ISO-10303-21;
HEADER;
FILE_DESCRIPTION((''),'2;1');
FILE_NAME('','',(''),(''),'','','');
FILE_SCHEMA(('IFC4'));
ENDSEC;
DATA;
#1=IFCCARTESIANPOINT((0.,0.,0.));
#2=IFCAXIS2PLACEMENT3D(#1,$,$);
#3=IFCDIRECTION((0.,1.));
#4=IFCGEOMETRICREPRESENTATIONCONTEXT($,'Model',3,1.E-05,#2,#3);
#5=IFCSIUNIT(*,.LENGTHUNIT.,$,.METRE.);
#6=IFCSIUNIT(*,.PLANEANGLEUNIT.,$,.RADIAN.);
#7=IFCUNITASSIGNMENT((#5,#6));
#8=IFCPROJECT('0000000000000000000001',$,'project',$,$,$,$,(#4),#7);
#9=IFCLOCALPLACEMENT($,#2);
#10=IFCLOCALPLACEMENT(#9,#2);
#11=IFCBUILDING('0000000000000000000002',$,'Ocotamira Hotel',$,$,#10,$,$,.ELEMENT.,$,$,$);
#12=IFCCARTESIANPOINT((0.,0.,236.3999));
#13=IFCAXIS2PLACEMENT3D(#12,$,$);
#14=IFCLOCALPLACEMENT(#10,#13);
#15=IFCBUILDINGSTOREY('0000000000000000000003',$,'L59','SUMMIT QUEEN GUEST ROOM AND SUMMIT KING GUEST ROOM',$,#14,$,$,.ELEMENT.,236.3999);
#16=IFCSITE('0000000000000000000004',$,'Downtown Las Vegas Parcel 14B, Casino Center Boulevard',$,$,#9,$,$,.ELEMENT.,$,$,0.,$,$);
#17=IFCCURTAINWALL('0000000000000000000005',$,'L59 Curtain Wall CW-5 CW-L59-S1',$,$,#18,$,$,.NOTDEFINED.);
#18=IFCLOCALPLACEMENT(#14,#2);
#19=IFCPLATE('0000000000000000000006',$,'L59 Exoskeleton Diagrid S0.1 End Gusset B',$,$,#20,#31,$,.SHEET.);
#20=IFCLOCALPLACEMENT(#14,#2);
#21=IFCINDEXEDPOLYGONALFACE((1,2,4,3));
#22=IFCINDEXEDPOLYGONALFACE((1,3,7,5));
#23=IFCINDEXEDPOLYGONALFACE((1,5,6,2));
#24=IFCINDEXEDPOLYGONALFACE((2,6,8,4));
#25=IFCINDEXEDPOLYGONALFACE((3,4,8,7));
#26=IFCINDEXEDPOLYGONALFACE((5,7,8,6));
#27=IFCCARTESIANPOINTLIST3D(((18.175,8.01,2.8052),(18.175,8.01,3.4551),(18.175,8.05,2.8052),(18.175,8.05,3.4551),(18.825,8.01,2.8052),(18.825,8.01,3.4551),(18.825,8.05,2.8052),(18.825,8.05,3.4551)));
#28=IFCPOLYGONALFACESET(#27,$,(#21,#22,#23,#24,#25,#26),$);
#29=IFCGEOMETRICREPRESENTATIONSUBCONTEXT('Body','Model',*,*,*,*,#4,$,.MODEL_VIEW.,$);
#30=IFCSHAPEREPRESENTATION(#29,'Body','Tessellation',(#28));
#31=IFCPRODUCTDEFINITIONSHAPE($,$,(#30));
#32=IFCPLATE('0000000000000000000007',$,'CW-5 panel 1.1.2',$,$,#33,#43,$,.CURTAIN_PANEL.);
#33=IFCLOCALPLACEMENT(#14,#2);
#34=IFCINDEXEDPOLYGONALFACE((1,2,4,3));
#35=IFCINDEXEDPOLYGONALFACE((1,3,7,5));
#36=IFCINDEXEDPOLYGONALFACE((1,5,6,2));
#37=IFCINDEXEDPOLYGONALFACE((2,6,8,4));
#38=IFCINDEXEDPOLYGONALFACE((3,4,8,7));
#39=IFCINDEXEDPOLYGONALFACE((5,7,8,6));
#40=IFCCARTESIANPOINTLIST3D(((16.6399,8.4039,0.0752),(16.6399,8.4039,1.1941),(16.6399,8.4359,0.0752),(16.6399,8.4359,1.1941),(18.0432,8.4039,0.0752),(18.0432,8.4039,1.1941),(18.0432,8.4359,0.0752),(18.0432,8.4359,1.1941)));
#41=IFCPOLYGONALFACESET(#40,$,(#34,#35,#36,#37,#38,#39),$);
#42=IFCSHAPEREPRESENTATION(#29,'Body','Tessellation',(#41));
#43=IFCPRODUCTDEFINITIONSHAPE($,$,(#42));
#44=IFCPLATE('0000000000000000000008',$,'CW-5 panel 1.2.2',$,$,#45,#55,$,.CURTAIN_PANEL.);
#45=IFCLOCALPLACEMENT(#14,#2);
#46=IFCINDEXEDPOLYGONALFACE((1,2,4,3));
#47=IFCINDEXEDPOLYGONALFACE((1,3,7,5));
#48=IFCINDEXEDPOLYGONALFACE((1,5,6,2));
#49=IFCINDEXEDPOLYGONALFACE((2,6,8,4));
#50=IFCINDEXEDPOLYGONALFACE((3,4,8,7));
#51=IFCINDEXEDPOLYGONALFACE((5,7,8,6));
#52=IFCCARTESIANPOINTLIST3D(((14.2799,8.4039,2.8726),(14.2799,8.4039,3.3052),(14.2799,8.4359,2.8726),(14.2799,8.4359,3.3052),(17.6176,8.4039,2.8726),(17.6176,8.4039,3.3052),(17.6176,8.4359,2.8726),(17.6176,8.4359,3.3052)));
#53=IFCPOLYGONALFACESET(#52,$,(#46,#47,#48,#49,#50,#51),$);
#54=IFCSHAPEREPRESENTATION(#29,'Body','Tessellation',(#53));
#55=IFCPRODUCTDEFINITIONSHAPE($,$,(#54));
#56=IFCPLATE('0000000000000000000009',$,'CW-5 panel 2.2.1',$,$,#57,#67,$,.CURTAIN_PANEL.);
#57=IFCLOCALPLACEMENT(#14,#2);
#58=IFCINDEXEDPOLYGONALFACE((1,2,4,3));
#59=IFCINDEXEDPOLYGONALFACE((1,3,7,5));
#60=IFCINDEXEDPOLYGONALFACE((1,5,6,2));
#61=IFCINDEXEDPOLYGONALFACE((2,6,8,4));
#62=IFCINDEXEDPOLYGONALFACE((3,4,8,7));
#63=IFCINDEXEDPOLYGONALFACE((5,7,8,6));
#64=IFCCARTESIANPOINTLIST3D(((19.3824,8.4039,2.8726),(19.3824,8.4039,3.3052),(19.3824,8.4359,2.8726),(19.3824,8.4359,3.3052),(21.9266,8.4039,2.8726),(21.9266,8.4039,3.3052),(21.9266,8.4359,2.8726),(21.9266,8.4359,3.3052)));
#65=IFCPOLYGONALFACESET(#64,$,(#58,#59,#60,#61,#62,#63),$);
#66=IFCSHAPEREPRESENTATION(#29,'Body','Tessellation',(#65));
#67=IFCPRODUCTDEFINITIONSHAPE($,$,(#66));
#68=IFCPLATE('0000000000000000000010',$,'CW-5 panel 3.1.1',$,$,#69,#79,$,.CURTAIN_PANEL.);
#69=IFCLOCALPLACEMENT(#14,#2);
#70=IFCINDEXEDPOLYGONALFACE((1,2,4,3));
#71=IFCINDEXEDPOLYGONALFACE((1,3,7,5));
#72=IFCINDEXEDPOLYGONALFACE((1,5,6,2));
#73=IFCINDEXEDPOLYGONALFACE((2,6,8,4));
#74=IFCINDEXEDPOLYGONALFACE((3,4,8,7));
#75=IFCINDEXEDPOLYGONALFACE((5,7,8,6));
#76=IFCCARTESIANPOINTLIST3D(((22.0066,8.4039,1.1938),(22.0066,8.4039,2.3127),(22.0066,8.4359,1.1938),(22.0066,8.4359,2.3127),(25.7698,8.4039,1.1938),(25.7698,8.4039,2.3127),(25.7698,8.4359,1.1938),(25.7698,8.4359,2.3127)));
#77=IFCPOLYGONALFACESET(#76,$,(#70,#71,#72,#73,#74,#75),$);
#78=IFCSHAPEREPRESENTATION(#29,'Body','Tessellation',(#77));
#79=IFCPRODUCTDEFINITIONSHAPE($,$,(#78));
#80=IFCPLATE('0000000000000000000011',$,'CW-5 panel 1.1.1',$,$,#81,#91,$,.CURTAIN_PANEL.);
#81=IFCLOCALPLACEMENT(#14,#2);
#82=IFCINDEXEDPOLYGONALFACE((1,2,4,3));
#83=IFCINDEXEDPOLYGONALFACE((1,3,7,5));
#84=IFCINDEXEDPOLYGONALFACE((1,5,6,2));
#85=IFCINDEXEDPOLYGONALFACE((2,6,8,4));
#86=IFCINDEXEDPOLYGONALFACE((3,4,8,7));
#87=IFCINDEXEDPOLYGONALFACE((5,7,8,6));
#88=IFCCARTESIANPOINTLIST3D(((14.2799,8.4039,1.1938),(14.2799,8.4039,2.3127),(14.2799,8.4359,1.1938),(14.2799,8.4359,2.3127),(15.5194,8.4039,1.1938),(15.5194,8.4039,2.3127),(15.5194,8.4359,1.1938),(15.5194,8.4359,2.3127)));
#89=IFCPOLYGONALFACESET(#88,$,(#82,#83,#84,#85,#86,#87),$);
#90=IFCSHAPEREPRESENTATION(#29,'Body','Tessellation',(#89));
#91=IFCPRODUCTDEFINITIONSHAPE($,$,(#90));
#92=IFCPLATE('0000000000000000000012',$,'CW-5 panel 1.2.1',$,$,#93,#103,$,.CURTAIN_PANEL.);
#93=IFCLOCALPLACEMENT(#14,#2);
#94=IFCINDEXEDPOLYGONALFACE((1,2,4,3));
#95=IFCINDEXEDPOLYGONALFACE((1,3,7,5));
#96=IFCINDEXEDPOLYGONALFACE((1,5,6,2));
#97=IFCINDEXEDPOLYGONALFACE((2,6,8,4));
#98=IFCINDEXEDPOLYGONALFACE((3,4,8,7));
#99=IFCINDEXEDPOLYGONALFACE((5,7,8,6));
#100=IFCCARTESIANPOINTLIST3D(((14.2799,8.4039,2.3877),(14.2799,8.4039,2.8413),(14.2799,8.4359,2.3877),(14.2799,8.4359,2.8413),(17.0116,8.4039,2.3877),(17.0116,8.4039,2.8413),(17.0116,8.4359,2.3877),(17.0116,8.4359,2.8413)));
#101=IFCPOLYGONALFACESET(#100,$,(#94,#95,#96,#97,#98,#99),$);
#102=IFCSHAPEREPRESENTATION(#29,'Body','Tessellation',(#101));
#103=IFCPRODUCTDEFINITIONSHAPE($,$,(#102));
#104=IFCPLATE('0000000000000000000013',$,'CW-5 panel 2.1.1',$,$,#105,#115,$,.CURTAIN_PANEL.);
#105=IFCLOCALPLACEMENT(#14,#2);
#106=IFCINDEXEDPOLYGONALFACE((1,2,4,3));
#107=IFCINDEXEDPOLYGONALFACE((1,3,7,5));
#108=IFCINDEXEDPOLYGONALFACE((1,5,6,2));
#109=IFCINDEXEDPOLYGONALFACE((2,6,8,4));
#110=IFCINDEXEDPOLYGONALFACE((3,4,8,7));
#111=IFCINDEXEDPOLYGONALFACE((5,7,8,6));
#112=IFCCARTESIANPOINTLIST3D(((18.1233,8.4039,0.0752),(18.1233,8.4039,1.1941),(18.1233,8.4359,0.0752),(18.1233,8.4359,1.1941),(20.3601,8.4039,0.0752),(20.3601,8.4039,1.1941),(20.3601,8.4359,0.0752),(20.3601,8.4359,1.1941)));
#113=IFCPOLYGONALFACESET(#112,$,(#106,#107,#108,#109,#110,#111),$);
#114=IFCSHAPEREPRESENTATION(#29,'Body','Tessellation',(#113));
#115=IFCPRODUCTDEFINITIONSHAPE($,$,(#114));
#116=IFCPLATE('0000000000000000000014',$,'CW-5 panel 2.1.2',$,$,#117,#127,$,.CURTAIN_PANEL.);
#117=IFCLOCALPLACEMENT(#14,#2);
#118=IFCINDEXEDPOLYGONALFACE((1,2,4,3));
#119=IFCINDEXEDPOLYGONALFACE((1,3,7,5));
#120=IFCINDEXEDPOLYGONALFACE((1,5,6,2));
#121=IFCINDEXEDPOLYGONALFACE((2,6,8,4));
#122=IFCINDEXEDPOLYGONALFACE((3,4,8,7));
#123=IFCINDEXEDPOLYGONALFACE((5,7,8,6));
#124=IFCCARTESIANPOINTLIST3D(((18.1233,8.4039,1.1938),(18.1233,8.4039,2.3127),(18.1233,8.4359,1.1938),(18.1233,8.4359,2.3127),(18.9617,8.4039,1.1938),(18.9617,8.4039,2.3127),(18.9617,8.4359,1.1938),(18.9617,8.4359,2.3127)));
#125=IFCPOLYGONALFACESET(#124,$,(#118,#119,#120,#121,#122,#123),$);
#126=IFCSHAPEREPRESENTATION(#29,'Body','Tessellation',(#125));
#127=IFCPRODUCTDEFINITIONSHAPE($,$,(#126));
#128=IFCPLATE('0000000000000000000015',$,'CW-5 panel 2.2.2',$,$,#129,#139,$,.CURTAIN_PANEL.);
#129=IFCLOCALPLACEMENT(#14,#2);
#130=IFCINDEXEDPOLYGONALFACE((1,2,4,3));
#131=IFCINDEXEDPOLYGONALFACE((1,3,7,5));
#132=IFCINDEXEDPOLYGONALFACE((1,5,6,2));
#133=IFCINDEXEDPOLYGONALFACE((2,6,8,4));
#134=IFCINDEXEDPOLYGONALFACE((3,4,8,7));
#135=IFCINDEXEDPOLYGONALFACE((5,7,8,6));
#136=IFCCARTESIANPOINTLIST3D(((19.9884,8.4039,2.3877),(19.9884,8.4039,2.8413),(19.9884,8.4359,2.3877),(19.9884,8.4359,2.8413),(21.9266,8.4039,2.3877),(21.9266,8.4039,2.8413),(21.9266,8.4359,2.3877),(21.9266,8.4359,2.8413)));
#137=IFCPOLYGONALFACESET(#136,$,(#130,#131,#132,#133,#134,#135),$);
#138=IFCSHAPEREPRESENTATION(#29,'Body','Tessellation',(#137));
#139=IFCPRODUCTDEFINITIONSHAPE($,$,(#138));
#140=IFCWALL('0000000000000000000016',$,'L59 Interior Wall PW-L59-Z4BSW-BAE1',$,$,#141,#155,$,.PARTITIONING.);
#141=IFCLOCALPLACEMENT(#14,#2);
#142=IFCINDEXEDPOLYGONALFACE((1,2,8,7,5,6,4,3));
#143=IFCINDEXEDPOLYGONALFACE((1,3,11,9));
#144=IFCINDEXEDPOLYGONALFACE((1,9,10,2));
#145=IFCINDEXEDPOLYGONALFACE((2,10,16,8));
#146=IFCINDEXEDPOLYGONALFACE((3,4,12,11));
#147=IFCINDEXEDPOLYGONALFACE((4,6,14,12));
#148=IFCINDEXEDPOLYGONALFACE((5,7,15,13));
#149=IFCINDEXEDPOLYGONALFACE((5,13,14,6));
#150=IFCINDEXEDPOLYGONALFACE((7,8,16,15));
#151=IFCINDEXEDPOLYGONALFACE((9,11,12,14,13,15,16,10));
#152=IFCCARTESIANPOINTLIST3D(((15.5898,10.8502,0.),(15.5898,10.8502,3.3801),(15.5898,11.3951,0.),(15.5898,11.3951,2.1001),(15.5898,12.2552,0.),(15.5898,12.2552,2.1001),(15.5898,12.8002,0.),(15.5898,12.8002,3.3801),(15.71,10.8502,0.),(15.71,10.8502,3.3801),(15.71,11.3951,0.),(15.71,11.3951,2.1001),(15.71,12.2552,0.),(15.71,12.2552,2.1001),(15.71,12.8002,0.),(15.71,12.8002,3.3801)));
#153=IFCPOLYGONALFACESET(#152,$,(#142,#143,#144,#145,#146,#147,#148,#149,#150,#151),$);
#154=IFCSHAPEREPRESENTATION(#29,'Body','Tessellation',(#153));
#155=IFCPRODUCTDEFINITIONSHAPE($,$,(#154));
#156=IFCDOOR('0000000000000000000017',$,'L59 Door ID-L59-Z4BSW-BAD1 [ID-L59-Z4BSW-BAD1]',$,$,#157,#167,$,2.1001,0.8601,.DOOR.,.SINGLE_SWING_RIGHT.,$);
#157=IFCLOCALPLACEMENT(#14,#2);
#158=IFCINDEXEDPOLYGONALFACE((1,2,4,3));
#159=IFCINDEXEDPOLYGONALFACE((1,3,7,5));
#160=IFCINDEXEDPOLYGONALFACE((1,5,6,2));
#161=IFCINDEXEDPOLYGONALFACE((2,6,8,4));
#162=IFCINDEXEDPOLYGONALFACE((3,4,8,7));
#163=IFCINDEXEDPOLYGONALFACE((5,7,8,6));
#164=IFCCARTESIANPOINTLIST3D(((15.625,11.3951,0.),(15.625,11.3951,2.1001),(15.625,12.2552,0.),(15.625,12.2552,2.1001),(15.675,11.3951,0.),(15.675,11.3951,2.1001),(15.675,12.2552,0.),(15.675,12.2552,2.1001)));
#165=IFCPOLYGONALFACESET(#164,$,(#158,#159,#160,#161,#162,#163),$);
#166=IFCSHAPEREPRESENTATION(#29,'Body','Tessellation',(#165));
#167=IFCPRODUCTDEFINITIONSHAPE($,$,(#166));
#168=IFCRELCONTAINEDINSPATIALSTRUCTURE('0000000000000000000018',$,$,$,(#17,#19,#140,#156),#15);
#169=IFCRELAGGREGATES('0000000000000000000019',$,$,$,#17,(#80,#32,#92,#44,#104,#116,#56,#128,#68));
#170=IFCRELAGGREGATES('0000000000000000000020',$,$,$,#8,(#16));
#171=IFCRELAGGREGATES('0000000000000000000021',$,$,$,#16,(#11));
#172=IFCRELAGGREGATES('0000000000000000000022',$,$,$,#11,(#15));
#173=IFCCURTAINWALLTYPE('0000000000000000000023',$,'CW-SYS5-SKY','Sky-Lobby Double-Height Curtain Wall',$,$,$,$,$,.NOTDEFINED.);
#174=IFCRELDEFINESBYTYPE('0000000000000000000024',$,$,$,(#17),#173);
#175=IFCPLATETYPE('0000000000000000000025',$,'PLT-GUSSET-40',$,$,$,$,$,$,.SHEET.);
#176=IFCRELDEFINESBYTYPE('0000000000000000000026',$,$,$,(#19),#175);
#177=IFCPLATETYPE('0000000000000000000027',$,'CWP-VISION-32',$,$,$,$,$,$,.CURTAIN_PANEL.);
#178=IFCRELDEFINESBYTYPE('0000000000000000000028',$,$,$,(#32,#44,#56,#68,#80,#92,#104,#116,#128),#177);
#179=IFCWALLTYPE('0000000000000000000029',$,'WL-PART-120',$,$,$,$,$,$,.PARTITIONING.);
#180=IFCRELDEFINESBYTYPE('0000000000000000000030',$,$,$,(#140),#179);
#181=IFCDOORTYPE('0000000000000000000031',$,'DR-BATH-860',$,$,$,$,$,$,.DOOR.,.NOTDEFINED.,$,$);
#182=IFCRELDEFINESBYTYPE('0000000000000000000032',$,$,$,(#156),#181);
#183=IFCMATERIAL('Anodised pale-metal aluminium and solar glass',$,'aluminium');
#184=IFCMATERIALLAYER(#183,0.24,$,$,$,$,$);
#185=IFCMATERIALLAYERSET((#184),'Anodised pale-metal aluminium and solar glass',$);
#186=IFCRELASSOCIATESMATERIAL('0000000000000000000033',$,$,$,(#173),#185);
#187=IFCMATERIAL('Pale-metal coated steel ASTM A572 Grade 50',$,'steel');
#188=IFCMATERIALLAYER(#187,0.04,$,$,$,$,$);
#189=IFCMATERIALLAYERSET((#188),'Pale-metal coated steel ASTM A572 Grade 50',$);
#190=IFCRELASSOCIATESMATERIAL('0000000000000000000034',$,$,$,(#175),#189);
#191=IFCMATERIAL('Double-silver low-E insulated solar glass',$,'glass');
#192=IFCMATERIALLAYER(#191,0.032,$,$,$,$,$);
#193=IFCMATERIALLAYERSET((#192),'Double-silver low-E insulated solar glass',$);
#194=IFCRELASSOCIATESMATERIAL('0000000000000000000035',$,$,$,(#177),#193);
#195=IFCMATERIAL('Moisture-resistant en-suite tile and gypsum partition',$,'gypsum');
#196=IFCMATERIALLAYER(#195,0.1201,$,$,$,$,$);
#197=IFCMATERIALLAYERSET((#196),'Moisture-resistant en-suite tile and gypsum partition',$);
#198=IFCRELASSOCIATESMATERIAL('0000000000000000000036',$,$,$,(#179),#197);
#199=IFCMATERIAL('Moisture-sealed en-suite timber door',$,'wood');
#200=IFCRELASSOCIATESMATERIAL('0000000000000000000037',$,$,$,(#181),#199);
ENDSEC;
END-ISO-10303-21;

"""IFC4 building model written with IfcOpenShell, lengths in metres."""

from ifc_helpers import new_model, si_unit, direction, frame, frame_2d, origin, origin_2d, place, context, subcontext, project, spatial, rectangle, extrude, source, transform, mapped, material, layer, layer_set, type_object, element, fill, aggregate, save


model = new_model("IFC4")

# Units and contexts
model_context = context("Model", 3, precision=1e-05, world=origin(), true_north=direction((0.0, 1.0)))
body_context = subcontext(model_context, "Body", "Model", "MODEL_VIEW")
ifc_project = project(units=[si_unit("LENGTHUNIT", "METRE"), si_unit("PLANEANGLEUNIT", "RADIAN")], contexts=[model_context])

# Site, building, storey
site_placement = place(None, origin())
site = spatial("IfcSite", under=ifc_project, at=site_placement, Name="Downtown Las Vegas Parcel 14B, Casino Center Boulevard", CompositionType="ELEMENT", RefElevation=0.0)
building_placement = place(site_placement, origin())
building = spatial("IfcBuilding", under=site, at=building_placement, Name="Ocotamira Hotel", CompositionType="ELEMENT")
storey_placement = place(building_placement, frame((0.0, 0.0, 236.3999)))
storey = spatial("IfcBuildingStorey", under=building, at=storey_placement, Name="L59", Description="SUMMIT QUEEN GUEST ROOM AND SUMMIT KING GUEST ROOM", CompositionType="ELEMENT", Elevation=236.3999)

# Curtain wall
ifc_material_1 = material(Name="Anodised pale-metal aluminium and solar glass", Category="aluminium")
ifc_layer_1 = layer(ifc_material_1, 0.24)
ifc_layer_set_1 = layer_set([ifc_layer_1], Name="Anodised pale-metal aluminium and solar glass")
curtain_wall_type = type_object("IfcCurtainWallType", Name="CW-SYS5-SKY", Description="Sky-Lobby Double-Height Curtain Wall", PredefinedType="NOTDEFINED", material=ifc_layer_set_1)
curtain_wall_placement = place(storey_placement, origin())
curtain_wall = element("IfcCurtainWall", 1, at=curtain_wall_placement, inside=storey, type_object=curtain_wall_type, Name="L59 Curtain Wall CW-5 CW-L59-S1", PredefinedType="NOTDEFINED")

# Plates
ifc_material_2 = material(Name="Pale-metal coated steel ASTM A572 Grade 50", Category="steel")
ifc_layer_2 = layer(ifc_material_2, 0.04)
ifc_layer_set_2 = layer_set([ifc_layer_2], Name="Pale-metal coated steel ASTM A572 Grade 50")
plate_type_1 = type_object("IfcPlateType", Name="PLT-GUSSET-40", PredefinedType="SHEET", material=ifc_layer_set_2)
shared_shape_1 = source(origin(), body_context, "Body", "SweptSolid", [
    extrude(rectangle(XDim=0.6499, YDim=0.04, at=origin_2d()), origin(), (0.0, 0.0, 1.0), 0.6499),
])
plate_1_placement = place(storey_placement, frame((18.5, 8.03, 2.8052), z_axis=(0.0, 0.0, 1.0), x_axis=(1.0, 0.0, 0.0)))
element("IfcPlate", 2, at=plate_1_placement, inside=storey, type_object=plate_type_1, Name="L59 Exoskeleton Diagrid S0.1 End Gusset B", PredefinedType="SHEET", context=body_context, shape_type="MappedRepresentation", body=[
    mapped(shared_shape_1, transform((0.0, 0.0, 0.0), scale=1.0)),
])
ifc_material_3 = material(Name="Double-silver low-E insulated solar glass", Category="glass")
ifc_layer_3 = layer(ifc_material_3, 0.032)
ifc_layer_set_3 = layer_set([ifc_layer_3], Name="Double-silver low-E insulated solar glass")
plate_type_2 = type_object("IfcPlateType", Name="CWP-VISION-32", PredefinedType="CURTAIN_PANEL", material=ifc_layer_set_3)
shared_shape_2 = source(origin(), body_context, "Body", "SweptSolid", [
    extrude(rectangle(XDim=1.4033, YDim=0.032, at=origin_2d()), origin(), (0.0, 0.0, 1.0), 1.1189),
])
plate_2_placement = place(storey_placement, frame((17.3416, 8.4199, 0.0752), z_axis=(0.0, 0.0, 1.0), x_axis=(1.0, 0.0, 0.0)))
plate_2 = element("IfcPlate", 3, at=plate_2_placement, type_object=plate_type_2, Name="CW-5 panel 1.1.2", PredefinedType="CURTAIN_PANEL", context=body_context, shape_type="MappedRepresentation", body=[
    mapped(shared_shape_2, transform((0.0, 0.0, 0.0), scale=1.0)),
])
shared_shape_3 = source(origin(), body_context, "Body", "SweptSolid", [
    extrude(rectangle(XDim=3.3376, YDim=0.032, at=origin_2d()), origin(), (0.0, 0.0, 1.0), 0.4326),
])
plate_3_placement = place(storey_placement, frame((15.9487, 8.4199, 2.8726), z_axis=(0.0, 0.0, 1.0), x_axis=(1.0, 0.0, 0.0)))
plate_3 = element("IfcPlate", 4, at=plate_3_placement, type_object=plate_type_2, Name="CW-5 panel 1.2.2", PredefinedType="CURTAIN_PANEL", context=body_context, shape_type="MappedRepresentation", body=[
    mapped(shared_shape_3, transform((0.0, 0.0, 0.0), scale=1.0)),
])
shared_shape_4 = source(origin(), body_context, "Body", "SweptSolid", [
    extrude(rectangle(XDim=2.5442, YDim=0.032, at=origin_2d()), origin(), (0.0, 0.0, 1.0), 0.4326),
])
plate_4_placement = place(storey_placement, frame((20.6545, 8.4199, 2.8726), z_axis=(0.0, 0.0, 1.0), x_axis=(1.0, 0.0, 0.0)))
plate_4 = element("IfcPlate", 5, at=plate_4_placement, type_object=plate_type_2, Name="CW-5 panel 2.2.1", PredefinedType="CURTAIN_PANEL", context=body_context, shape_type="MappedRepresentation", body=[
    mapped(shared_shape_4, transform((0.0, 0.0, 0.0), scale=1.0)),
])
shared_shape_5 = source(origin(), body_context, "Body", "SweptSolid", [
    extrude(rectangle(XDim=3.7632, YDim=0.032, at=origin_2d()), origin(), (0.0, 0.0, 1.0), 1.1189),
])
plate_5_placement = place(storey_placement, frame((23.8882, 8.4199, 1.1938), z_axis=(0.0, 0.0, 1.0), x_axis=(1.0, 0.0, 0.0)))
plate_5 = element("IfcPlate", 6, at=plate_5_placement, type_object=plate_type_2, Name="CW-5 panel 3.1.1", PredefinedType="CURTAIN_PANEL", context=body_context, shape_type="MappedRepresentation", body=[
    mapped(shared_shape_5, transform((0.0, 0.0, 0.0), scale=1.0)),
])
shared_shape_6 = source(origin(), body_context, "Body", "SweptSolid", [
    extrude(rectangle(XDim=1.2395, YDim=0.032, at=origin_2d()), origin(), (0.0, 0.0, 1.0), 1.1189),
])
plate_6_placement = place(storey_placement, frame((14.8997, 8.4199, 1.1938), z_axis=(0.0, 0.0, 1.0), x_axis=(1.0, 0.0, 0.0)))
plate_6 = element("IfcPlate", 7, at=plate_6_placement, type_object=plate_type_2, Name="CW-5 panel 1.1.1", PredefinedType="CURTAIN_PANEL", context=body_context, shape_type="MappedRepresentation", body=[
    mapped(shared_shape_6, transform((0.0, 0.0, 0.0), scale=1.0)),
])
shared_shape_7 = source(origin(), body_context, "Body", "SweptSolid", [
    extrude(rectangle(XDim=2.7317, YDim=0.032, at=origin_2d()), origin(), (0.0, 0.0, 1.0), 0.4536),
])
plate_7_placement = place(storey_placement, frame((15.6458, 8.4199, 2.3877), z_axis=(0.0, 0.0, 1.0), x_axis=(1.0, 0.0, 0.0)))
plate_7 = element("IfcPlate", 8, at=plate_7_placement, type_object=plate_type_2, Name="CW-5 panel 1.2.1", PredefinedType="CURTAIN_PANEL", context=body_context, shape_type="MappedRepresentation", body=[
    mapped(shared_shape_7, transform((0.0, 0.0, 0.0), scale=1.0)),
])
shared_shape_8 = source(origin(), body_context, "Body", "SweptSolid", [
    extrude(rectangle(XDim=2.2368, YDim=0.032, at=origin_2d()), origin(), (0.0, 0.0, 1.0), 1.1189),
])
plate_8_placement = place(storey_placement, frame((19.2417, 8.4199, 0.0752), z_axis=(0.0, 0.0, 1.0), x_axis=(1.0, 0.0, 0.0)))
plate_8 = element("IfcPlate", 9, at=plate_8_placement, type_object=plate_type_2, Name="CW-5 panel 2.1.1", PredefinedType="CURTAIN_PANEL", context=body_context, shape_type="MappedRepresentation", body=[
    mapped(shared_shape_8, transform((0.0, 0.0, 0.0), scale=1.0)),
])
shared_shape_9 = source(origin(), body_context, "Body", "SweptSolid", [
    extrude(rectangle(XDim=0.8384, YDim=0.032, at=origin_2d()), origin(), (0.0, 0.0, 1.0), 1.1189),
])
plate_9_placement = place(storey_placement, frame((18.5425, 8.4199, 1.1938), z_axis=(0.0, 0.0, 1.0), x_axis=(1.0, 0.0, 0.0)))
plate_9 = element("IfcPlate", 10, at=plate_9_placement, type_object=plate_type_2, Name="CW-5 panel 2.1.2", PredefinedType="CURTAIN_PANEL", context=body_context, shape_type="MappedRepresentation", body=[
    mapped(shared_shape_9, transform((0.0, 0.0, 0.0), scale=1.0)),
])
shared_shape_10 = source(origin(), body_context, "Body", "SweptSolid", [
    extrude(rectangle(XDim=1.9382, YDim=0.032, at=origin_2d()), origin(), (0.0, 0.0, 1.0), 0.4536),
])
plate_10_placement = place(storey_placement, frame((20.9575, 8.4199, 2.3877), z_axis=(0.0, 0.0, 1.0), x_axis=(1.0, 0.0, 0.0)))
plate_10 = element("IfcPlate", 11, at=plate_10_placement, type_object=plate_type_2, Name="CW-5 panel 2.2.2", PredefinedType="CURTAIN_PANEL", context=body_context, shape_type="MappedRepresentation", body=[
    mapped(shared_shape_10, transform((0.0, 0.0, 0.0), scale=1.0)),
])
aggregate(curtain_wall, [plate_6, plate_2, plate_7, plate_3, plate_8, plate_9, plate_4, plate_10, plate_5])

# Wall, opening, door
ifc_material_4 = material(Name="Moisture-resistant en-suite tile and gypsum partition", Category="gypsum")
ifc_layer_4 = layer(ifc_material_4, 0.1201)
ifc_layer_set_4 = layer_set([ifc_layer_4], Name="Moisture-resistant en-suite tile and gypsum partition")
wall_type_1 = type_object("IfcWallType", Name="WL-PART-120", PredefinedType="PARTITIONING", material=ifc_layer_set_4)
wall_1_placement = place(storey_placement, frame((15.6499, 10.8501, 0.0), z_axis=(0.0, 0.0, 1.0), x_axis=(0.0, 1.0, 0.0)))
wall_1 = element("IfcWall", 12, at=wall_1_placement, inside=storey, type_object=wall_type_1, Name="L59 Interior Wall PW-L59-Z4BSW-BAE1", PredefinedType="PARTITIONING", context=body_context, shape_type="SweptSolid", body=[
    extrude(rectangle(XDim=1.95, YDim=0.1201, at=frame_2d((0.9751, 0.0))), origin(), (0.0, 0.0, 1.0), 3.3801),
])
opening_1_placement = place(wall_1_placement, frame((0.5449, 0.0, 0.0)))
opening_1 = element("IfcOpeningElement", 13, at=opening_1_placement, cuts=wall_1, PredefinedType="OPENING", context=body_context, shape_type="SweptSolid", body=[
    extrude(rectangle(XDim=0.8601, YDim=2.1001, at=frame_2d((0.4302, 1.05))), frame((0.0, 0.0701, 0.0), z_axis=(0.0, -1.0, 0.0), x_axis=(1.0, 0.0, 0.0)), (0.0, 0.0, 1.0), 0.1401),
])
ifc_material_5 = material(Name="Moisture-sealed en-suite timber door", Category="wood")
door_type = type_object("IfcDoorType", Name="DR-BATH-860", OperationType="NOTDEFINED", PredefinedType="DOOR", material=ifc_material_5)
shared_shape_11 = source(origin(), body_context, "Body", "SweptSolid", [
    extrude(rectangle(XDim=0.8601, YDim=2.1001, at=frame_2d((0.4302, 1.05))), frame((0.0, 0.0249, 0.0), z_axis=(0.0, -1.0, 0.0), x_axis=(1.0, 0.0, 0.0)), (0.0, 0.0, 1.0), 0.05),
])
door_1_placement = place(opening_1_placement, origin())
door_1 = element("IfcDoor", 14, at=door_1_placement, inside=storey, type_object=door_type, Name="L59 Door ID-L59-Z4BSW-BAD1 [ID-L59-Z4BSW-BAD1]", OperationType="SINGLE_SWING_RIGHT", OverallHeight=2.1001, OverallWidth=0.8601, PredefinedType="DOOR", context=body_context, shape_type="MappedRepresentation", body=[
    mapped(shared_shape_11, transform((0.0, 0.0, 0.0), scale=1.0)),
])
fill(opening_1, door_1)

save(model, "model.ifc")
